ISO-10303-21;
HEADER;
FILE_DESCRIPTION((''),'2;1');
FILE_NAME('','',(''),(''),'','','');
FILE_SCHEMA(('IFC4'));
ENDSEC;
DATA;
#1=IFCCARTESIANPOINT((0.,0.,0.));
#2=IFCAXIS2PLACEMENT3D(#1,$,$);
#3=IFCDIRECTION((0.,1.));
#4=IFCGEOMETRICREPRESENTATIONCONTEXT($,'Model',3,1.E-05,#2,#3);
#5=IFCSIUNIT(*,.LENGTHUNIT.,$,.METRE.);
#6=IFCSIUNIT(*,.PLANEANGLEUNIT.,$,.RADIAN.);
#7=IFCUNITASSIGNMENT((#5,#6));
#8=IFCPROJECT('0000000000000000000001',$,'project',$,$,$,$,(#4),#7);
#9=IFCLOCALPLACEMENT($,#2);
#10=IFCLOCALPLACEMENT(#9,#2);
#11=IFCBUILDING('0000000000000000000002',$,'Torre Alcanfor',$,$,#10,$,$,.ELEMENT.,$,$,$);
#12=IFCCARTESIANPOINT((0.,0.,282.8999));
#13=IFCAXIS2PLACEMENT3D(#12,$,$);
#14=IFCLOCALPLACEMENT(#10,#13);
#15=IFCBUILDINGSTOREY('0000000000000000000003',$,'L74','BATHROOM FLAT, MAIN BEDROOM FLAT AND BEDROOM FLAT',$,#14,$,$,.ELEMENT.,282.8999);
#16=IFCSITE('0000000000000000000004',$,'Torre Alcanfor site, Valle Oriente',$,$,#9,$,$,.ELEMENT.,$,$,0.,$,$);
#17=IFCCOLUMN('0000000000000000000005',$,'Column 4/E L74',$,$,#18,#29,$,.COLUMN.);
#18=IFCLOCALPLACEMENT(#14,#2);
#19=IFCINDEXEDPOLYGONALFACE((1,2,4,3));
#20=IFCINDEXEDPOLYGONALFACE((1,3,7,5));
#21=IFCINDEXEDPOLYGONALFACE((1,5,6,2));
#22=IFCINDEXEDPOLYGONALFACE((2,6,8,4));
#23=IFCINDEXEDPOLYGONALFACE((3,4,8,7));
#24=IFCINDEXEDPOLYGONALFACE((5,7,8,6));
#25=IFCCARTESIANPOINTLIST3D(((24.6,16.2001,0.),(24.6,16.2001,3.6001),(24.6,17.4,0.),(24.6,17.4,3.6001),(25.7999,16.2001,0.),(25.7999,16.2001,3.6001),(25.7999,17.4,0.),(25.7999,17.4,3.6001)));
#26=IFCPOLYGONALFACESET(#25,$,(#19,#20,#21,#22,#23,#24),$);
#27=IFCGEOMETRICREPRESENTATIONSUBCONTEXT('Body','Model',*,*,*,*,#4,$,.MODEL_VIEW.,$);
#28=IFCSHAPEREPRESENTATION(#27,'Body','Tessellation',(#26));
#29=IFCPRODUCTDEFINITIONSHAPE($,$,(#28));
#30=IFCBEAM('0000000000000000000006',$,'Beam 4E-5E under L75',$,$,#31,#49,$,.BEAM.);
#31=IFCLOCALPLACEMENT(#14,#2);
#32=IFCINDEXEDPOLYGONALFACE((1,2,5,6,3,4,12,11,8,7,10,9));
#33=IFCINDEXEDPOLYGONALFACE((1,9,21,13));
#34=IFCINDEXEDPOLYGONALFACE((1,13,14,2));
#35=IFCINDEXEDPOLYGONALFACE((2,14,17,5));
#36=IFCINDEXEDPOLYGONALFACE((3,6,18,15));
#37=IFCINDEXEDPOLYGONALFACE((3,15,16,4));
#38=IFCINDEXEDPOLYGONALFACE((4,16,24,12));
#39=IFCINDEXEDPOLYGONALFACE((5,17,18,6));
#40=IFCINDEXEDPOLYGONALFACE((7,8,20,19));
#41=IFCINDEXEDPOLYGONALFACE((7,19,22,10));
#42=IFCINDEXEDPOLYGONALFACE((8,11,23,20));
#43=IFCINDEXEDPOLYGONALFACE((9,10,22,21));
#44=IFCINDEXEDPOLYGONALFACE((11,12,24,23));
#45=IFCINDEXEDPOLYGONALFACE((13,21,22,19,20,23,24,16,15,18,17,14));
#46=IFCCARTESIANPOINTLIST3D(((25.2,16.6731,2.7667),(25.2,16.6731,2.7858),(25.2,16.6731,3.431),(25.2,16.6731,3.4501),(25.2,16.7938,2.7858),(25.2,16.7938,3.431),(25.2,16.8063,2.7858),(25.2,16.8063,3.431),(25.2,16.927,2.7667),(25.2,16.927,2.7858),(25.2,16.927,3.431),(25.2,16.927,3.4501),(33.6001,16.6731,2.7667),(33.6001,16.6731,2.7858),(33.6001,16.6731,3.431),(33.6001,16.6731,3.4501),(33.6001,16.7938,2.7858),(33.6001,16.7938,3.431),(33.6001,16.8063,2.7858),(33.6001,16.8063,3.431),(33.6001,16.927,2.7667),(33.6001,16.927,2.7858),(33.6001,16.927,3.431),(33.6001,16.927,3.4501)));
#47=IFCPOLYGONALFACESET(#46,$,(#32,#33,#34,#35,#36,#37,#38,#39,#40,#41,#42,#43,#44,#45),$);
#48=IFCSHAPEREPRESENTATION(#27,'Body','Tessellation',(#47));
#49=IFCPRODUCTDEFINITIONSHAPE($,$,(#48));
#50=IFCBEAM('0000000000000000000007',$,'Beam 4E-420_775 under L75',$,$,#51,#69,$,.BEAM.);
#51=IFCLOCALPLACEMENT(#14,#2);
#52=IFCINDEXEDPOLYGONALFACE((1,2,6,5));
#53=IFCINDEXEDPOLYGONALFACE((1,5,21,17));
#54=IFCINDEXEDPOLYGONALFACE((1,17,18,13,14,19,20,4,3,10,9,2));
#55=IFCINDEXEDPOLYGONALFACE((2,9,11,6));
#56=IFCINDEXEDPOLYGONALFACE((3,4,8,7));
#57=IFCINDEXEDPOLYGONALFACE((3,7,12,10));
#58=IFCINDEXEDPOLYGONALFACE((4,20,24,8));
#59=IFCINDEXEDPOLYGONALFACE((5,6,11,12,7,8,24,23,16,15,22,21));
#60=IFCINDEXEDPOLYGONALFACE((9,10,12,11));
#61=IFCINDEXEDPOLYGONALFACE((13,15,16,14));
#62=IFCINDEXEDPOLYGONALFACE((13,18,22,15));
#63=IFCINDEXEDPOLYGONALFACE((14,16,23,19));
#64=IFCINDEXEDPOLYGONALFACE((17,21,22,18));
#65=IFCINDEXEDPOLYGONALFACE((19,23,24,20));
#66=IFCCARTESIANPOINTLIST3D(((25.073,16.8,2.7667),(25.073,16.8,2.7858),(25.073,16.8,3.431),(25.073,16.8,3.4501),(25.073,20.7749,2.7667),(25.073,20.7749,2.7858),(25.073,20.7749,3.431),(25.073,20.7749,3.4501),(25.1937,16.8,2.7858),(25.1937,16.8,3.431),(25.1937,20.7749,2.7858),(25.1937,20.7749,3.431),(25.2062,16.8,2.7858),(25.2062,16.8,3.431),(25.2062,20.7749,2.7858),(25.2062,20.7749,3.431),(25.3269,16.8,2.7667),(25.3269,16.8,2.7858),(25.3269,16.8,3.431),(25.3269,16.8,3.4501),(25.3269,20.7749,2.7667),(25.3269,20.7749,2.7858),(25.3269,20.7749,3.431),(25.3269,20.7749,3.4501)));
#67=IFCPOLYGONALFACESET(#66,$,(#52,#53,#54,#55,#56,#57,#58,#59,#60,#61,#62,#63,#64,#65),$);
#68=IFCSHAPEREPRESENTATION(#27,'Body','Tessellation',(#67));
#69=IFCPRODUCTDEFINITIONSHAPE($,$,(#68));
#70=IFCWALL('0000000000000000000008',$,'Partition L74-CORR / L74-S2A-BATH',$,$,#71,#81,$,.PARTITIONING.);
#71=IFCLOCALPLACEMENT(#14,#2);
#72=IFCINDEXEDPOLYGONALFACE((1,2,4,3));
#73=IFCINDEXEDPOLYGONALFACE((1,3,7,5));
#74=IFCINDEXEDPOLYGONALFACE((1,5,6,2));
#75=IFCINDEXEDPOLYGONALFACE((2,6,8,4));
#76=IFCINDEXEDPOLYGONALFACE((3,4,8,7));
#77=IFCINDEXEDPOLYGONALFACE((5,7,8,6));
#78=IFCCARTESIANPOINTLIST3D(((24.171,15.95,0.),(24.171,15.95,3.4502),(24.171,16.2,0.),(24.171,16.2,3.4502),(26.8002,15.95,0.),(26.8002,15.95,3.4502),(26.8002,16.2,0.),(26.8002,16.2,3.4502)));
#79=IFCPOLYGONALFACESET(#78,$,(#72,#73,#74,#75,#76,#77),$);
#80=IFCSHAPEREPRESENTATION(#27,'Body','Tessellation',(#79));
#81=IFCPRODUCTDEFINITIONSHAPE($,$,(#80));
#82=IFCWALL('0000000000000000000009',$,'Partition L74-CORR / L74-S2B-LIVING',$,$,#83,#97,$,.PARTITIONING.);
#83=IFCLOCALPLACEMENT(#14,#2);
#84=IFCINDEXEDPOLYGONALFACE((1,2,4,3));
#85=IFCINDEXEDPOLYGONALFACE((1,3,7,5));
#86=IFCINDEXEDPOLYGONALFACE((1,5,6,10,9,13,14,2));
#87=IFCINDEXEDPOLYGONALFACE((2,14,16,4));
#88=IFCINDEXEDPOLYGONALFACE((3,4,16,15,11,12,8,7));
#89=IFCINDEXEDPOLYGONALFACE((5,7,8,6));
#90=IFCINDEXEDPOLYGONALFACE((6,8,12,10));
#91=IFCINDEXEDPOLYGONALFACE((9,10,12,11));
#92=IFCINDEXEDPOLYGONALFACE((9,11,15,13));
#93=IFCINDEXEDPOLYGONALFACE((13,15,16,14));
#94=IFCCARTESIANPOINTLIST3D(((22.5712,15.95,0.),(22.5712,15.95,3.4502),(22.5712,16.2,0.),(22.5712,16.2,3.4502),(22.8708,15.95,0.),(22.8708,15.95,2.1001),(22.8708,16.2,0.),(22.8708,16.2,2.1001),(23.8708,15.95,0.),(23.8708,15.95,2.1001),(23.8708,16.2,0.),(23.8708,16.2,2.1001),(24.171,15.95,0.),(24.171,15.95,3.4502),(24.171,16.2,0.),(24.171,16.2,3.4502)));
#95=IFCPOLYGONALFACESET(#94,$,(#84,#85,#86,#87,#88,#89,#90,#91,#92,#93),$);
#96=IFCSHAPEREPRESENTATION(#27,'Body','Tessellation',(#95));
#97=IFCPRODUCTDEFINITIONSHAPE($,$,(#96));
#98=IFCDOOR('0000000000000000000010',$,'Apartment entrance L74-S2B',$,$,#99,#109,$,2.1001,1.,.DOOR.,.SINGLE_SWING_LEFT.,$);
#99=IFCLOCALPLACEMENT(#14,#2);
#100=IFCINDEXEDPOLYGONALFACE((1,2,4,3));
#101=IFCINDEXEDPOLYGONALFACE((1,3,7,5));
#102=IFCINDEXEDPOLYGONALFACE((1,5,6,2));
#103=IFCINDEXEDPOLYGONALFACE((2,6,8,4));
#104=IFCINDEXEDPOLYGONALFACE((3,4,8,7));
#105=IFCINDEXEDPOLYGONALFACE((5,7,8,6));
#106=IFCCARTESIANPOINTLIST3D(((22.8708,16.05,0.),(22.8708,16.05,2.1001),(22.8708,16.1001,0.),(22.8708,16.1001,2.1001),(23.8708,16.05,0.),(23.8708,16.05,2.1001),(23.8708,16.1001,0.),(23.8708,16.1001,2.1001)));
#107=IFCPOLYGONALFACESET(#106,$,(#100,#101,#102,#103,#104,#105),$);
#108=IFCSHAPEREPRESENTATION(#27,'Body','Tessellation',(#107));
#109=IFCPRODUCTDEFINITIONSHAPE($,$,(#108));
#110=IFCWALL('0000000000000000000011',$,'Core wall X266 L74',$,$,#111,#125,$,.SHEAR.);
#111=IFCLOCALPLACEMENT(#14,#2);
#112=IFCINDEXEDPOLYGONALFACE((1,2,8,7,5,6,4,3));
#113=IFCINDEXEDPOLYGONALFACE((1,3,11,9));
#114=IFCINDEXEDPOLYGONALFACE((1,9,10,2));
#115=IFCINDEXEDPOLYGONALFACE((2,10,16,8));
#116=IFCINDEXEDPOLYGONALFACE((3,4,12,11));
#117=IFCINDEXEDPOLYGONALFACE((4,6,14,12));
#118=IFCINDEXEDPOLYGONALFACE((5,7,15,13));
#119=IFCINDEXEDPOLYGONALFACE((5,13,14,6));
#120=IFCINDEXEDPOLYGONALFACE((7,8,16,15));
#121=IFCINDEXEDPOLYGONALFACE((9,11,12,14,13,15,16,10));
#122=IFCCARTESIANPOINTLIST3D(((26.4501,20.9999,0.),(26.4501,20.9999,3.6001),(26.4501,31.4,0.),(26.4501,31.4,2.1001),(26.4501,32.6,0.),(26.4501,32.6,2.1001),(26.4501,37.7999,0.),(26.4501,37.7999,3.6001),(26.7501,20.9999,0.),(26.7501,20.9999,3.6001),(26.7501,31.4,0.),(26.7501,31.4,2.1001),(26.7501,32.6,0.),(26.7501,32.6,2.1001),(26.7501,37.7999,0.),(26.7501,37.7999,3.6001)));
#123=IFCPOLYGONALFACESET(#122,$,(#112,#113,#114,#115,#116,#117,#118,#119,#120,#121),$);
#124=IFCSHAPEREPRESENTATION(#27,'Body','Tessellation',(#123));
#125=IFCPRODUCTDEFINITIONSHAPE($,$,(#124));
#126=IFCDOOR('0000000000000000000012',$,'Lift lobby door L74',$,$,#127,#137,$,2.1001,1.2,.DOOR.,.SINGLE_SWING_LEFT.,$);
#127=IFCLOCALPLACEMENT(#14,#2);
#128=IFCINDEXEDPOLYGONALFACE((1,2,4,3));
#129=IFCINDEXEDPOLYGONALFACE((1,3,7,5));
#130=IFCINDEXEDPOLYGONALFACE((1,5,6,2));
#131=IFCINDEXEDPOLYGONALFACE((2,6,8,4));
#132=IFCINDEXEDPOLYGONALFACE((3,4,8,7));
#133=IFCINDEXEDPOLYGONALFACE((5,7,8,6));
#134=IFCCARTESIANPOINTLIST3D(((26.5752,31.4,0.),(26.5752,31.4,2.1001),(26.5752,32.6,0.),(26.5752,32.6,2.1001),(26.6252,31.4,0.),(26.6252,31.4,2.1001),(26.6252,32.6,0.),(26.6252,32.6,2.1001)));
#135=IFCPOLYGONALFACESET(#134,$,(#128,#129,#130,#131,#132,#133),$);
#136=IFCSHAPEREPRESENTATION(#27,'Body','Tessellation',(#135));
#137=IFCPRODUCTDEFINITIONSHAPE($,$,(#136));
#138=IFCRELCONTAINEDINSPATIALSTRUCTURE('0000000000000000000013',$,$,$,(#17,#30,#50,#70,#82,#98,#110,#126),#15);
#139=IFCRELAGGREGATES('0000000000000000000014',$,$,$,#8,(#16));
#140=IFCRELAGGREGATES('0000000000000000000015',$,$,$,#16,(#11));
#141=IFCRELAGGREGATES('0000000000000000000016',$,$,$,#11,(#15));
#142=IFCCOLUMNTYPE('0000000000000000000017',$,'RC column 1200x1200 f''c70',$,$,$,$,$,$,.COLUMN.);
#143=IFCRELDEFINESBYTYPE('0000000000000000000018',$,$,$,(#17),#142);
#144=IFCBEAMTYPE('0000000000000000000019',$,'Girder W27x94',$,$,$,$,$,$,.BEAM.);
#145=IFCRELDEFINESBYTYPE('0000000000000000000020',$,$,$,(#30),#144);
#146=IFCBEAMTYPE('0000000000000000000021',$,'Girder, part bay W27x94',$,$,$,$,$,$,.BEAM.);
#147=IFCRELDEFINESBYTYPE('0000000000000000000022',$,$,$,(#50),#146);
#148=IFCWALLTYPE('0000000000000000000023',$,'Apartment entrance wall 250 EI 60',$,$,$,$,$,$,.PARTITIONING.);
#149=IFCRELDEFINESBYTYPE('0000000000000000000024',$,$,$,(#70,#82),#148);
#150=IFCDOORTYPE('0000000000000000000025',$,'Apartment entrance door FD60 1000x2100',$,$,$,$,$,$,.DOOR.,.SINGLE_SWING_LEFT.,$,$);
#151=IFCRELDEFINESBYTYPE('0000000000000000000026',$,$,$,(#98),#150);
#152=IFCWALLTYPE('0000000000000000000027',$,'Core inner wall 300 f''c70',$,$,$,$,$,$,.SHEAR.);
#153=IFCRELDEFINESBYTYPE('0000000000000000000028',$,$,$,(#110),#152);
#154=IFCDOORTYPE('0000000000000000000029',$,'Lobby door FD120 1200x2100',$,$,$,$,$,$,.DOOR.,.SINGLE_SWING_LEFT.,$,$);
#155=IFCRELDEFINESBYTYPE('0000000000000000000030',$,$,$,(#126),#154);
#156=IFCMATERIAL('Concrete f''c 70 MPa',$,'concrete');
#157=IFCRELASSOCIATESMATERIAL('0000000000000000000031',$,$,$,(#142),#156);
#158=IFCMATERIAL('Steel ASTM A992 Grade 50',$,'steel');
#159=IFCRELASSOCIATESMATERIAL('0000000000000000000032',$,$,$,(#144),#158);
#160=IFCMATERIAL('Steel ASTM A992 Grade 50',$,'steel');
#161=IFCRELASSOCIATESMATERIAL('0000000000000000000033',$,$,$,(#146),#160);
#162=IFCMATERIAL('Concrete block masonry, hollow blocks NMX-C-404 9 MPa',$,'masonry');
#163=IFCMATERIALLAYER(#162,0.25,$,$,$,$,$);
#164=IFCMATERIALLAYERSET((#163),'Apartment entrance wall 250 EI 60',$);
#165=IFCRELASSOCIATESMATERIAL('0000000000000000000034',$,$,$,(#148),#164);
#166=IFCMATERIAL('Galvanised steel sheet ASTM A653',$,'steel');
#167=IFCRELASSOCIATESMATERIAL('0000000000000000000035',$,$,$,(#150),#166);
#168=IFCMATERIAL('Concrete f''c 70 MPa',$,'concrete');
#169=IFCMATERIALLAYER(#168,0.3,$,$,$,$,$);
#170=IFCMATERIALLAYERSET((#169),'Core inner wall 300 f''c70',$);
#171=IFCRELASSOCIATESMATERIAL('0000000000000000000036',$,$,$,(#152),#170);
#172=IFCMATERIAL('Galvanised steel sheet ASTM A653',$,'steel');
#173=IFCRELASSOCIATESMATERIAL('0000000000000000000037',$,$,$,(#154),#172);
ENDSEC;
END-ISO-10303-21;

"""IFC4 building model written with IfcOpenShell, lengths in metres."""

from ifc_helpers import new_model, si_unit, direction, frame, frame_2d, origin, origin_2d, place, context, subcontext, project, spatial, rectangle, i_section, extrude, material, layer, layer_set, material_profile, profile_set, type_object, element, fill, save


model = new_model("IFC4")

# Units and contexts
model_context = context("Model", 3, precision=1e-05, world=origin(), true_north=direction((0.0, 1.0)))
body_context = subcontext(model_context, "Body", "Model", "MODEL_VIEW")
ifc_project = project(units=[si_unit("LENGTHUNIT", "METRE"), si_unit("PLANEANGLEUNIT", "RADIAN")], contexts=[model_context])

# Site, building, storey
site_placement = place(None, origin())
site = spatial("IfcSite", under=ifc_project, at=site_placement, Name="Torre Alcanfor site, Valle Oriente", CompositionType="ELEMENT", RefElevation=0.0)
building_placement = place(site_placement, origin())
building = spatial("IfcBuilding", under=site, at=building_placement, Name="Torre Alcanfor", CompositionType="ELEMENT")
storey_placement = place(building_placement, frame((0.0, 0.0, 282.8999)))
storey = spatial("IfcBuildingStorey", under=building, at=storey_placement, Name="L74", Description="BATHROOM FLAT, MAIN BEDROOM FLAT AND BEDROOM FLAT", CompositionType="ELEMENT", Elevation=282.8999)

# Column
ifc_material_1 = material(Name="Concrete f'c 70 MPa", Category="concrete")
ifc_material_profile_1 = material_profile(ifc_material_1, rectangle(XDim=1.2, YDim=1.2, at=origin_2d()), Name="1200x1200")
ifc_profile_set_1 = profile_set([ifc_material_profile_1], Name="Concrete f'c 70 MPa")
column_type = type_object("IfcColumnType", Name="RC column 1200x1200 f'c70", PredefinedType="COLUMN", material=ifc_profile_set_1)
column_placement = place(storey_placement, frame((25.2, 16.8, 0.0), z_axis=(0.0, 0.0, 1.0), x_axis=(1.0, 0.0, 0.0)))
element("IfcColumn", 1, at=column_placement, inside=storey, type_object=column_type, Name="Column 4/E L74", PredefinedType="COLUMN", context=body_context, shape_type="SweptSolid", body=[
    extrude(rectangle(XDim=1.2, YDim=1.2, at=origin_2d()), origin(), (0.0, 0.0, 1.0), 3.6001),
])

# Beams
ifc_material_2 = material(Name="Steel ASTM A992 Grade 50", Category="steel")
ifc_material_profile_2 = material_profile(ifc_material_2, i_section(OverallWidth=0.2539, OverallDepth=0.6833, WebThickness=0.0125, FlangeThickness=0.019, at=origin_2d()), Name="W27x94")
ifc_profile_set_2 = profile_set([ifc_material_profile_2], Name="Steel ASTM A992 Grade 50")
beam_type_1 = type_object("IfcBeamType", Name="Girder W27x94", PredefinedType="BEAM", material=ifc_profile_set_2)
beam_1_placement = place(storey_placement, frame((25.2, 16.8, 3.1084), z_axis=(1.0, 0.0, 0.0), x_axis=(0.0, 1.0, 0.0)))
element("IfcBeam", 2, at=beam_1_placement, inside=storey, type_object=beam_type_1, Name="Beam 4E-5E under L75", PredefinedType="BEAM", context=body_context, shape_type="SweptSolid", body=[
    extrude(i_section(OverallWidth=0.2539, OverallDepth=0.6833, WebThickness=0.0125, FlangeThickness=0.019, at=origin_2d()), origin(), (0.0, 0.0, 1.0), 8.4001),
])
ifc_material_3 = material(Name="Steel ASTM A992 Grade 50", Category="steel")
ifc_material_profile_3 = material_profile(ifc_material_3, i_section(OverallWidth=0.2539, OverallDepth=0.6833, WebThickness=0.0125, FlangeThickness=0.019, at=origin_2d()), Name="W27x94")
ifc_profile_set_3 = profile_set([ifc_material_profile_3], Name="Steel ASTM A992 Grade 50")
beam_type_2 = type_object("IfcBeamType", Name="Girder, part bay W27x94", PredefinedType="BEAM", material=ifc_profile_set_3)
beam_2_placement = place(storey_placement, frame((25.2, 16.8, 3.1084), z_axis=(0.0, 1.0, 0.0), x_axis=(-1.0, 0.0, 0.0)))
element("IfcBeam", 3, at=beam_2_placement, inside=storey, type_object=beam_type_2, Name="Beam 4E-420_775 under L75", PredefinedType="BEAM", context=body_context, shape_type="SweptSolid", body=[
    extrude(i_section(OverallWidth=0.2539, OverallDepth=0.6833, WebThickness=0.0125, FlangeThickness=0.019, at=origin_2d()), origin(), (0.0, 0.0, 1.0), 3.9749),
])

# Wall
ifc_material_4 = material(Name="Concrete block masonry, hollow blocks NMX-C-404 9 MPa", Category="masonry")
ifc_layer_1 = layer(ifc_material_4, 0.25)
ifc_layer_set_1 = layer_set([ifc_layer_1], Name="Apartment entrance wall 250 EI 60")
wall_type_1 = type_object("IfcWallType", Name="Apartment entrance wall 250 EI 60", PredefinedType="PARTITIONING", material=ifc_layer_set_1)
wall_1_placement = place(storey_placement, frame((26.8, 16.075, 0.0), z_axis=(0.0, 0.0, 1.0), x_axis=(-1.0, 0.0, 0.0)))
element("IfcWall", 4, at=wall_1_placement, inside=storey, type_object=wall_type_1, Name="Partition L74-CORR / L74-S2A-BATH", PredefinedType="PARTITIONING", context=body_context, shape_type="SweptSolid", body=[
    extrude(rectangle(XDim=2.6292, YDim=0.25, at=frame_2d((1.3145, 0.0))), origin(), (0.0, 0.0, 1.0), 3.4502),
])

# Walls, openings, doors
wall_2_placement = place(storey_placement, frame((24.1709, 16.075, 0.0), z_axis=(0.0, 0.0, 1.0), x_axis=(-1.0, 0.0, 0.0)))
wall_2 = element("IfcWall", 5, at=wall_2_placement, inside=storey, type_object=wall_type_1, Name="Partition L74-CORR / L74-S2B-LIVING", PredefinedType="PARTITIONING", context=body_context, shape_type="SweptSolid", body=[
    extrude(rectangle(XDim=1.5999, YDim=0.25, at=frame_2d((0.7998, 0.0))), origin(), (0.0, 0.0, 1.0), 3.4502),
])
opening_1_placement = place(wall_2_placement, frame((0.3, 0.0, 0.0)))
opening_1 = element("IfcOpeningElement", 6, at=opening_1_placement, cuts=wall_2, PredefinedType="OPENING", context=body_context, shape_type="SweptSolid", body=[
    extrude(rectangle(XDim=1.0, YDim=2.1001, at=frame_2d((0.5, 1.05))), frame((0.0, 0.135, 0.0), z_axis=(0.0, -1.0, 0.0), x_axis=(1.0, 0.0, 0.0)), (0.0, 0.0, 1.0), 0.27),
])
ifc_material_5 = material(Name="Galvanised steel sheet ASTM A653", Category="steel")
door_type_1 = type_object("IfcDoorType", Name="Apartment entrance door FD60 1000x2100", OperationType="SINGLE_SWING_LEFT", PredefinedType="DOOR", material=ifc_material_5)
door_1_placement = place(opening_1_placement, origin())
door_1 = element("IfcDoor", 7, at=door_1_placement, inside=storey, type_object=door_type_1, Name="Apartment entrance L74-S2B", OperationType="SINGLE_SWING_LEFT", OverallHeight=2.1001, OverallWidth=1.0, PredefinedType="DOOR", context=body_context, shape_type="SweptSolid", body=[
    extrude(rectangle(XDim=1.0, YDim=2.1001, at=frame_2d((0.5, 1.05))), frame((0.0, 0.0249, 0.0), z_axis=(0.0, -1.0, 0.0), x_axis=(1.0, 0.0, 0.0)), (0.0, 0.0, 1.0), 0.05),
])
fill(opening_1, door_1)
ifc_material_6 = material(Name="Concrete f'c 70 MPa", Category="concrete")
ifc_layer_2 = layer(ifc_material_6, 0.3)
ifc_layer_set_2 = layer_set([ifc_layer_2], Name="Core inner wall 300 f'c70")
wall_type_2 = type_object("IfcWallType", Name="Core inner wall 300 f'c70", PredefinedType="SHEAR", material=ifc_layer_set_2)
wall_3_placement = place(storey_placement, frame((26.6001, 21.0, 0.0), z_axis=(0.0, 0.0, 1.0), x_axis=(0.0, 1.0, 0.0)))
wall_3 = element("IfcWall", 8, at=wall_3_placement, inside=storey, type_object=wall_type_2, Name="Core wall X266 L74", PredefinedType="SHEAR", context=body_context, shape_type="SweptSolid", body=[
    extrude(rectangle(XDim=16.8, YDim=0.3, at=frame_2d((8.3999, 0.0))), origin(), (0.0, 0.0, 1.0), 3.6001),
])
opening_2_placement = place(wall_3_placement, frame((10.3999, 0.0, 0.0)))
opening_2 = element("IfcOpeningElement", 9, at=opening_2_placement, cuts=wall_3, PredefinedType="OPENING", context=body_context, shape_type="SweptSolid", body=[
    extrude(rectangle(XDim=1.2, YDim=2.1001, at=frame_2d((0.6001, 1.05))), frame((0.0, 0.1599, 0.0), z_axis=(0.0, -1.0, 0.0), x_axis=(1.0, 0.0, 0.0)), (0.0, 0.0, 1.0), 0.3201),
])
ifc_material_7 = material(Name="Galvanised steel sheet ASTM A653", Category="steel")
door_type_2 = type_object("IfcDoorType", Name="Lobby door FD120 1200x2100", OperationType="SINGLE_SWING_LEFT", PredefinedType="DOOR", material=ifc_material_7)
door_2_placement = place(opening_2_placement, origin())
door_2 = element("IfcDoor", 10, at=door_2_placement, inside=storey, type_object=door_type_2, Name="Lift lobby door L74", OperationType="SINGLE_SWING_LEFT", OverallHeight=2.1001, OverallWidth=1.2, PredefinedType="DOOR", context=body_context, shape_type="SweptSolid", body=[
    extrude(rectangle(XDim=1.2, YDim=2.1001, at=frame_2d((0.6001, 1.05))), frame((0.0, 0.0249, 0.0), z_axis=(0.0, -1.0, 0.0), x_axis=(1.0, 0.0, 0.0)), (0.0, 0.0, 1.0), 0.05),
])
fill(opening_2, door_2)

save(model, "model.ifc")
